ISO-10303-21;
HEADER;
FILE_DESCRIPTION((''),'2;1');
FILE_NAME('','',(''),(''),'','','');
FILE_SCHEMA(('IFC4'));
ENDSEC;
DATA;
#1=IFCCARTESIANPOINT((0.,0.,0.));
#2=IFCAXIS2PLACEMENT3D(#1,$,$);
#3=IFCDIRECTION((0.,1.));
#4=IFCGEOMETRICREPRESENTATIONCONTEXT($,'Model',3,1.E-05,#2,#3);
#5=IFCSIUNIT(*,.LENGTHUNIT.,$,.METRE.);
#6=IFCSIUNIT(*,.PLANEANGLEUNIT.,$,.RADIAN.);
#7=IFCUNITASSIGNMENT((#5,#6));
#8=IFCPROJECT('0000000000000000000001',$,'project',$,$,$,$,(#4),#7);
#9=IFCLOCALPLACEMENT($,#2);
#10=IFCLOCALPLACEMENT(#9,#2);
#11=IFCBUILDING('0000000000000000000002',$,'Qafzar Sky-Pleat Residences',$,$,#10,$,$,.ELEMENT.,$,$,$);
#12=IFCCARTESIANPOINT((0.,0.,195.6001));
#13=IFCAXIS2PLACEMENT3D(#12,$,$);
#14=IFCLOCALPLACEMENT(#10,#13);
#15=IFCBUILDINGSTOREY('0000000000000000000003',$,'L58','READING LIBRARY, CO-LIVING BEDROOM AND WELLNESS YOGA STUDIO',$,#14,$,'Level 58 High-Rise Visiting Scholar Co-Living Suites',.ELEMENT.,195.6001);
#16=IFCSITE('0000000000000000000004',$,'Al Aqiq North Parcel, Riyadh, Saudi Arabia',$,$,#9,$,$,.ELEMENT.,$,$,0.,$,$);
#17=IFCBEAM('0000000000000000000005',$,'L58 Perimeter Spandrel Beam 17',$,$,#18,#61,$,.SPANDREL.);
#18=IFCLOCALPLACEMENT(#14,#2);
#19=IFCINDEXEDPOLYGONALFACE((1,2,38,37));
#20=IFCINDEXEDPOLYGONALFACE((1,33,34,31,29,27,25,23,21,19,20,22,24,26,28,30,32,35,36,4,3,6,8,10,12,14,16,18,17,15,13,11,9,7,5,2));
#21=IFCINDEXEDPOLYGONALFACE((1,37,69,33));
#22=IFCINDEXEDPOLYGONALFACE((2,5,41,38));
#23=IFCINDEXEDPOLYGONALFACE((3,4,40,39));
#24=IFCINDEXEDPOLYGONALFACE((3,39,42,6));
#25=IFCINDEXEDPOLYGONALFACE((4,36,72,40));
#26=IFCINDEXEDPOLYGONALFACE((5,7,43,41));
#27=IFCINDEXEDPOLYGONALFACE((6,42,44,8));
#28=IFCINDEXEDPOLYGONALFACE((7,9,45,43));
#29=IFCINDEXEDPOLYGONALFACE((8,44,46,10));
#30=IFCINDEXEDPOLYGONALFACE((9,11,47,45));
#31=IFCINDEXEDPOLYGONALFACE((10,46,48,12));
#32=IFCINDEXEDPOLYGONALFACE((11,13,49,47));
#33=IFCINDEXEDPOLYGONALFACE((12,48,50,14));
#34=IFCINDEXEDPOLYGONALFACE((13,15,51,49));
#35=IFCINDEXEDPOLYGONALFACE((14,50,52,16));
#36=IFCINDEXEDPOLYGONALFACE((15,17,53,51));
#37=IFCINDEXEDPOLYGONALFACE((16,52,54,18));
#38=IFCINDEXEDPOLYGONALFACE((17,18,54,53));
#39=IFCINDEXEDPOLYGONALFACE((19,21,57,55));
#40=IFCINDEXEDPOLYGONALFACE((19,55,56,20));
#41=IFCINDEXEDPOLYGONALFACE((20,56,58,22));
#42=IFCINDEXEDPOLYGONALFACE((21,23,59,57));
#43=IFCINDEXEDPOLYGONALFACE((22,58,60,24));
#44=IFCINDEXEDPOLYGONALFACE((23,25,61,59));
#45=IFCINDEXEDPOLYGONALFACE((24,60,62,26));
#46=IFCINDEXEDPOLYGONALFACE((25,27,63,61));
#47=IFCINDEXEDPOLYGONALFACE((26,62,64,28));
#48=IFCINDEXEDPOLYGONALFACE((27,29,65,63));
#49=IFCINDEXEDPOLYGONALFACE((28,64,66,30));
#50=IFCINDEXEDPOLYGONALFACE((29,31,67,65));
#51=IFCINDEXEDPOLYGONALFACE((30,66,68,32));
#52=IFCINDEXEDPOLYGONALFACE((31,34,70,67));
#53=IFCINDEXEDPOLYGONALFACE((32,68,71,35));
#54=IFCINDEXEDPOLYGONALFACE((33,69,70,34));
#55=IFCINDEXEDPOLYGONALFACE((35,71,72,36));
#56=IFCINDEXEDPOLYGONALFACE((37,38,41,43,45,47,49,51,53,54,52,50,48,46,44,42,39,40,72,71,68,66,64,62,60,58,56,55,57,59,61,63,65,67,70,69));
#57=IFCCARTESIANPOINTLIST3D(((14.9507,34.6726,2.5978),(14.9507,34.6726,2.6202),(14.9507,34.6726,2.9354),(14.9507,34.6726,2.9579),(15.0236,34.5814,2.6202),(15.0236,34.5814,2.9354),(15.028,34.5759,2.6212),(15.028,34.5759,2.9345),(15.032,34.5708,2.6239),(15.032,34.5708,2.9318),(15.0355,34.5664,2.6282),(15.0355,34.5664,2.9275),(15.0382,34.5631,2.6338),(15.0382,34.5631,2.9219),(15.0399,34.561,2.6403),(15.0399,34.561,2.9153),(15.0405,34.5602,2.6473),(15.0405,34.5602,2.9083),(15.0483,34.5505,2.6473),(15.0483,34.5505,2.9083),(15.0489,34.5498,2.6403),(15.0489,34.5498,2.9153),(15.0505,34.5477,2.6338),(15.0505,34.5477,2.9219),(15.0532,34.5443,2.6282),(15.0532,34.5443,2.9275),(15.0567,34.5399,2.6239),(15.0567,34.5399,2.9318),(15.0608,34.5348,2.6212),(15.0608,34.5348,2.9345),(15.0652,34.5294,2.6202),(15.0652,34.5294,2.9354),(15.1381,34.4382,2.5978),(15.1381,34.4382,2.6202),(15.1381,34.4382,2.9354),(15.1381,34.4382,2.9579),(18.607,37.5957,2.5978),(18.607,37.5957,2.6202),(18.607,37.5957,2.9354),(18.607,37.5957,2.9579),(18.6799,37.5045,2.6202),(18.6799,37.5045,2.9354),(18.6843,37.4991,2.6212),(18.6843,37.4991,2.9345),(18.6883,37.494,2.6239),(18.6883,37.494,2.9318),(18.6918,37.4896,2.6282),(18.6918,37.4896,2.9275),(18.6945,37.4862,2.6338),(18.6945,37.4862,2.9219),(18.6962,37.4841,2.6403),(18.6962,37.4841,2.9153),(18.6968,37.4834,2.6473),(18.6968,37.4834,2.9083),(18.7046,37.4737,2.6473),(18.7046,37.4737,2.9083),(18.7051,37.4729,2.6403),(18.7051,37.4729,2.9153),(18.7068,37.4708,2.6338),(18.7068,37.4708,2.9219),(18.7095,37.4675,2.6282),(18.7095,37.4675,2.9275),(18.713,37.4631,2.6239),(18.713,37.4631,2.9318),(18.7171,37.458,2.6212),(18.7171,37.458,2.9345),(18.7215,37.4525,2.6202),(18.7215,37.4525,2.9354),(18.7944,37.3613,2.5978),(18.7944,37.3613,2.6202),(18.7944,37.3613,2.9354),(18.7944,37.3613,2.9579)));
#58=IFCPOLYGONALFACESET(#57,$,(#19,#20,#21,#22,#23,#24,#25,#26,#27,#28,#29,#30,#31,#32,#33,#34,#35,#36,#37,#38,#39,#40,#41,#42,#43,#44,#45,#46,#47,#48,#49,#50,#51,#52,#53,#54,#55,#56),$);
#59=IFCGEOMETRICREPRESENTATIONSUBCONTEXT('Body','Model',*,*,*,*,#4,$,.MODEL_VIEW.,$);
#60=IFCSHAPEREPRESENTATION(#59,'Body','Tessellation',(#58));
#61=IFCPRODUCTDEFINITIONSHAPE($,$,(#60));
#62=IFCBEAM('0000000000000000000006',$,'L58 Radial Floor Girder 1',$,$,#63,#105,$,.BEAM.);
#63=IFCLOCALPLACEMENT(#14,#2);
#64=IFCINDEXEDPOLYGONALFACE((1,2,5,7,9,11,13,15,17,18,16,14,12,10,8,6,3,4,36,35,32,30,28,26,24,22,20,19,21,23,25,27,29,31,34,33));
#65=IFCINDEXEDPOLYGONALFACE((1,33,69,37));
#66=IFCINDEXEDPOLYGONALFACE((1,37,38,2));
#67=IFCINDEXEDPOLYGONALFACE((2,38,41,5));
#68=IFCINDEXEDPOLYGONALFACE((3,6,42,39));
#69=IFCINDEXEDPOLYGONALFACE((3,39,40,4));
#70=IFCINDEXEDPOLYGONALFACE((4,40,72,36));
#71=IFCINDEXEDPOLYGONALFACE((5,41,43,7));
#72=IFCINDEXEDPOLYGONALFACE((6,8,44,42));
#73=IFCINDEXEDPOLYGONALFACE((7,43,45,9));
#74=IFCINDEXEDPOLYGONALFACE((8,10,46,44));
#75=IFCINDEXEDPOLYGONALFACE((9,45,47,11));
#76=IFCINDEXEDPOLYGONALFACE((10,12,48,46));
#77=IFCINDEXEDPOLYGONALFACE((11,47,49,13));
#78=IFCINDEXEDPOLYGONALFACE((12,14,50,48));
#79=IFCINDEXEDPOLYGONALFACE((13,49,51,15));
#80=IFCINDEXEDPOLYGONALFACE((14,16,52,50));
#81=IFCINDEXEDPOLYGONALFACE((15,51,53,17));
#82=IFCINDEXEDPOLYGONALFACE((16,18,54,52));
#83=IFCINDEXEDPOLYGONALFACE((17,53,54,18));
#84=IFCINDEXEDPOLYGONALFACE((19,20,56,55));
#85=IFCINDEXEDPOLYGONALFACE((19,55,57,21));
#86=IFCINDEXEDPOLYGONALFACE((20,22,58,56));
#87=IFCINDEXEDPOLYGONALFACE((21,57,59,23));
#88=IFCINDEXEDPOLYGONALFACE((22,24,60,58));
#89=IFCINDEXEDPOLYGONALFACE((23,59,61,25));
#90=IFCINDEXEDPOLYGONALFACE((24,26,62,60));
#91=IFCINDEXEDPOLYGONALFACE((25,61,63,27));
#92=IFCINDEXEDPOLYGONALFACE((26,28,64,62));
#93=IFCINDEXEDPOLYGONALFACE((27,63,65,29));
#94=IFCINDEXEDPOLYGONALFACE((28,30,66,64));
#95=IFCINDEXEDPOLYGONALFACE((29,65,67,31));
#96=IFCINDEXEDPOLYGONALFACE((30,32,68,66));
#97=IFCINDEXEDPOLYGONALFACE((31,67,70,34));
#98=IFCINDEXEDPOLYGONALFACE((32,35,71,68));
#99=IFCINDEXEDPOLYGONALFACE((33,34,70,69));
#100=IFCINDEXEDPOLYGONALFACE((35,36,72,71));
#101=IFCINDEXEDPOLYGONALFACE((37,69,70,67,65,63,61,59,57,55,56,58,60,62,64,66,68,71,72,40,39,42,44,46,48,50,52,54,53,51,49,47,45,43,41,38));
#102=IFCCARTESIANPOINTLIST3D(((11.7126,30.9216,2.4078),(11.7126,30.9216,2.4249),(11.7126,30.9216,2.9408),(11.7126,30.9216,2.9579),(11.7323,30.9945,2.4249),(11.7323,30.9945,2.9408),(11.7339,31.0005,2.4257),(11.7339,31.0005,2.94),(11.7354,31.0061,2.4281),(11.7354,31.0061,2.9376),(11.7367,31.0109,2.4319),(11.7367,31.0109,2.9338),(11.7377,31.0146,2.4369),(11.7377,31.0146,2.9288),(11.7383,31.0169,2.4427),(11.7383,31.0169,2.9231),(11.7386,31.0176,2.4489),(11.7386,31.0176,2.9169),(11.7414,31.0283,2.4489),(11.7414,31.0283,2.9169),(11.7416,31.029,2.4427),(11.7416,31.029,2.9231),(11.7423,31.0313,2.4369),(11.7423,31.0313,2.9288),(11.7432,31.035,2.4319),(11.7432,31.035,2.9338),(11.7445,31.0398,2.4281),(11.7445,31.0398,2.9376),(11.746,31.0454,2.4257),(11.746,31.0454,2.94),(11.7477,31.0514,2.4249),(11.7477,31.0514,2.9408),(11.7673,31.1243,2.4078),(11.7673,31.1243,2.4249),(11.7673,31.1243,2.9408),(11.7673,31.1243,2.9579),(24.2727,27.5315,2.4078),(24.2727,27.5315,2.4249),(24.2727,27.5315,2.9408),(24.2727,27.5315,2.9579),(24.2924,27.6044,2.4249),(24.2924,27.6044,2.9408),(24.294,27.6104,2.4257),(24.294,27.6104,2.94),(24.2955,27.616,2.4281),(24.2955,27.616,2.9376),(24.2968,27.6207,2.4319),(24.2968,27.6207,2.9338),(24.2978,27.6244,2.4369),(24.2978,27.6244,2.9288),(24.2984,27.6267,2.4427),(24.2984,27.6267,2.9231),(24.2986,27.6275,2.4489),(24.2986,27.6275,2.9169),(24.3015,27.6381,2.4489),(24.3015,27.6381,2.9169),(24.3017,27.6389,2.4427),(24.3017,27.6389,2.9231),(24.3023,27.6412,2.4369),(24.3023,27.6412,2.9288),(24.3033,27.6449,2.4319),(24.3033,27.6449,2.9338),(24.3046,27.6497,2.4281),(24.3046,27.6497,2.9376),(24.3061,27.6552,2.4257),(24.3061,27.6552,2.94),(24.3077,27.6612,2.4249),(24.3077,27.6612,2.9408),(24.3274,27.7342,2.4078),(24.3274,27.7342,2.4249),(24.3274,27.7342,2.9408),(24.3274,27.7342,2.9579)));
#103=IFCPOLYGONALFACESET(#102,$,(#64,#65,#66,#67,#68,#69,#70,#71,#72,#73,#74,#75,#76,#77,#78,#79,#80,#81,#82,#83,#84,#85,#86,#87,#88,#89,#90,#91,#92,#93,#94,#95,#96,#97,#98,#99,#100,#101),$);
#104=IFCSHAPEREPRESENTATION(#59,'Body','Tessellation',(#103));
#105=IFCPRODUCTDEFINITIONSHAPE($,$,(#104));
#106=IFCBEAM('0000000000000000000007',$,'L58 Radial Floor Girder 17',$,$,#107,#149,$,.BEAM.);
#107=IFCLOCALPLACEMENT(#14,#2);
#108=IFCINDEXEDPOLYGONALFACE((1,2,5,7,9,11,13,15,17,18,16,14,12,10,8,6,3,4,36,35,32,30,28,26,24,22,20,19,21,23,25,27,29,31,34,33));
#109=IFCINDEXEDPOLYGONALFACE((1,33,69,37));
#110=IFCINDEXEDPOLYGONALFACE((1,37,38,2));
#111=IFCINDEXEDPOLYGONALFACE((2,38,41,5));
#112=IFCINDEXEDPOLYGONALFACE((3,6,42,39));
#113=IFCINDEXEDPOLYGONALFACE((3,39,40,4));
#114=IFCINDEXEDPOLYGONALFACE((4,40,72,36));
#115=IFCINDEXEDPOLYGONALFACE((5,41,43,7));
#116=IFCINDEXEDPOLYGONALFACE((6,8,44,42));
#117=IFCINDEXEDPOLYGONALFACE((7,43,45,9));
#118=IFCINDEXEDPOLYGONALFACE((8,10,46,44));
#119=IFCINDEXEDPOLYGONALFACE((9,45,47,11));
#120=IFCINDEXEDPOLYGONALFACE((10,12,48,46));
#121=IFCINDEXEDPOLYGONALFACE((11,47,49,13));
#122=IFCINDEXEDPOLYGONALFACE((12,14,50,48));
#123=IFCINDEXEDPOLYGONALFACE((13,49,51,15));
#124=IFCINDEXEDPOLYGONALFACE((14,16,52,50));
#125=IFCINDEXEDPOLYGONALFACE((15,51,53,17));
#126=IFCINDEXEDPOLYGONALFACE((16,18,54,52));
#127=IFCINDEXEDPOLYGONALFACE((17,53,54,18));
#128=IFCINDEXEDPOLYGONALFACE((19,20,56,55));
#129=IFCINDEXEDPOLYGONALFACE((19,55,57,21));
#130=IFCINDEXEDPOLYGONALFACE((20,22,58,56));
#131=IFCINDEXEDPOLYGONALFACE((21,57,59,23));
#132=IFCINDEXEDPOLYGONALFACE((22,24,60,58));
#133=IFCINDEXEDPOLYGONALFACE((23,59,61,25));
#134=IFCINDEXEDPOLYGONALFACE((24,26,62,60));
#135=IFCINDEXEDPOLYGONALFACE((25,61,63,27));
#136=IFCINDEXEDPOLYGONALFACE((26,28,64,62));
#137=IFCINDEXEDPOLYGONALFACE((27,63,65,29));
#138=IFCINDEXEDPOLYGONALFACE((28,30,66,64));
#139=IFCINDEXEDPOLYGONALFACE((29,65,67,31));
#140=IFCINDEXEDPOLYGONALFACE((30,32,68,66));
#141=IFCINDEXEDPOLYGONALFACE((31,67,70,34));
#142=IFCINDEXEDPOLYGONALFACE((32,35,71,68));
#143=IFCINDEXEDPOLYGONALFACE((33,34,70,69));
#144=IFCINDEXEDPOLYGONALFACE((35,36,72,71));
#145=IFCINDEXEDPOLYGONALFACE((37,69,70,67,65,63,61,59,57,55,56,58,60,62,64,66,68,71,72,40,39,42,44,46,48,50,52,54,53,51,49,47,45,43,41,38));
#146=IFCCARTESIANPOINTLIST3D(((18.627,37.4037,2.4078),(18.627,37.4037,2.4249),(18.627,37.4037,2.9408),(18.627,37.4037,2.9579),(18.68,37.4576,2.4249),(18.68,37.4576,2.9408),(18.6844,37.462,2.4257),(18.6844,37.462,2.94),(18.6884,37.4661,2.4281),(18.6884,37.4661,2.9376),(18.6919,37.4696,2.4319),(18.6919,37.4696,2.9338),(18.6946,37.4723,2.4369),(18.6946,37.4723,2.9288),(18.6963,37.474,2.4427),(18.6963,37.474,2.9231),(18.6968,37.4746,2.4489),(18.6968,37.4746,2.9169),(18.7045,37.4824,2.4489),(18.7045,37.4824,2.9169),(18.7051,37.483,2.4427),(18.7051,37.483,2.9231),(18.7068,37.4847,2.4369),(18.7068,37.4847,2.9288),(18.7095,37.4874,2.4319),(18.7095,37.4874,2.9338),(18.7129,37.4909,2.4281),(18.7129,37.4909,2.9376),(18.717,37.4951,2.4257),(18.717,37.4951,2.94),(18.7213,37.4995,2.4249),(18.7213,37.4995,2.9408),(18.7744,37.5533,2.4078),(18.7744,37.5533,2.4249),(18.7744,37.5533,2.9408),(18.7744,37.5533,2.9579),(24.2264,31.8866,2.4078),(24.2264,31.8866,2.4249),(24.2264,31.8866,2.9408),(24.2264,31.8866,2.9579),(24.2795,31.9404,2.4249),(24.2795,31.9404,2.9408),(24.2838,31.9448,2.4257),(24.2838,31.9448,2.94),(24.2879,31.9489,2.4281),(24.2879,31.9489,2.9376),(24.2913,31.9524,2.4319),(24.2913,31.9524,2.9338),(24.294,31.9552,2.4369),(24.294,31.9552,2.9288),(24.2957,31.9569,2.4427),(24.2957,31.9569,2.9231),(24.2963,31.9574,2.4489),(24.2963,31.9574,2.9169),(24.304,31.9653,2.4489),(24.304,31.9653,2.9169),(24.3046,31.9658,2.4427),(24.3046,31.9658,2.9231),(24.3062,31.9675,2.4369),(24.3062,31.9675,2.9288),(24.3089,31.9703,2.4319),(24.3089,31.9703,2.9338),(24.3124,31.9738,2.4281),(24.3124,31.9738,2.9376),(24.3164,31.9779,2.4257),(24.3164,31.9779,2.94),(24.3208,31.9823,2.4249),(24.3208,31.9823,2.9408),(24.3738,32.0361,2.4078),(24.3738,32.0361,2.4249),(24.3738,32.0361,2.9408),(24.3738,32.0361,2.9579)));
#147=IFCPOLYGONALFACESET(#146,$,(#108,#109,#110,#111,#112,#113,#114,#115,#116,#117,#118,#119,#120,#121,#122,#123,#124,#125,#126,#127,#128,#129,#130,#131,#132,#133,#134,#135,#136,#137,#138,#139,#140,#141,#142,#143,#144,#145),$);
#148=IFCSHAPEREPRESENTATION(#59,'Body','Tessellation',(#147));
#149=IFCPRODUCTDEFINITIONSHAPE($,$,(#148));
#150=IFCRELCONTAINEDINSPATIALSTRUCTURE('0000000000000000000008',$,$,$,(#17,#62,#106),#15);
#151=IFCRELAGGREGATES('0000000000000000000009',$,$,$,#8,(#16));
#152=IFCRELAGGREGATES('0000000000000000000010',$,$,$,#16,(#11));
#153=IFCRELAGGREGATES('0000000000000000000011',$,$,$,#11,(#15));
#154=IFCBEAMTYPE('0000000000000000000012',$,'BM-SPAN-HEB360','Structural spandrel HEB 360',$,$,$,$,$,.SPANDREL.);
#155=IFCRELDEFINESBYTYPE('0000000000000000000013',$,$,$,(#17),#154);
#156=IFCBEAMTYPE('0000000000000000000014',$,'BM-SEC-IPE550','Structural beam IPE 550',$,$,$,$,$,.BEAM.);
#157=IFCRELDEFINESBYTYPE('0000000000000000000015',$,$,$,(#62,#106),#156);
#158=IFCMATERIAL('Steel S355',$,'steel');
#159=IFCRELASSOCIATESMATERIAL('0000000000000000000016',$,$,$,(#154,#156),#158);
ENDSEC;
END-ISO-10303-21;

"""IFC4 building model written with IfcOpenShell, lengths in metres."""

from ifc_helpers import new_model, si_unit, direction, frame, origin, origin_2d, place, context, subcontext, project, spatial, i_section, extrude, source, transform, mapped, material, material_profile, profile_set, type_object, element, save


model = new_model("IFC4")

# Units and contexts
model_context = context("Model", 3, precision=1e-05, world=origin(), true_north=direction((0.0, 1.0)))
body_context = subcontext(model_context, "Body", "Model", "MODEL_VIEW")
ifc_project = project(units=[si_unit("LENGTHUNIT", "METRE"), si_unit("PLANEANGLEUNIT", "RADIAN")], contexts=[model_context])

# Site, building, storey
site_placement = place(None, origin())
site = spatial("IfcSite", under=ifc_project, at=site_placement, Name="Al Aqiq North Parcel, Riyadh, Saudi Arabia", CompositionType="ELEMENT", RefElevation=0.0)
building_placement = place(site_placement, origin())
building = spatial("IfcBuilding", under=site, at=building_placement, Name="Qafzar Sky-Pleat Residences", CompositionType="ELEMENT")
storey_placement = place(building_placement, frame((0.0, 0.0, 195.6001)))
storey = spatial("IfcBuildingStorey", under=building, at=storey_placement, Name="L58", Description="READING LIBRARY, CO-LIVING BEDROOM AND WELLNESS YOGA STUDIO", LongName="Level 58 High-Rise Visiting Scholar Co-Living Suites", CompositionType="ELEMENT", Elevation=195.6001)

# Shared definitions
ifc_material_1 = material(Name="Steel S355", Category="steel")

# Beams
ifc_material_profile_1 = material_profile(ifc_material_1, i_section(OverallWidth=0.3, OverallDepth=0.3601, WebThickness=0.0125, FlangeThickness=0.0225, FilletRadius=0.0271, at=origin_2d()), Name="HEB 360")
ifc_profile_set_1 = profile_set([ifc_material_profile_1], Name="Steel S355")
beam_type_1 = type_object("IfcBeamType", Name="BM-SPAN-HEB360", Description="Structural spandrel HEB 360", PredefinedType="SPANDREL", material=ifc_profile_set_1)
shared_shape_1 = source(origin(), body_context, "Body", "SweptSolid", [
    extrude(i_section(OverallWidth=0.3, OverallDepth=0.3601, WebThickness=0.0125, FlangeThickness=0.0225, FilletRadius=0.0271, at=origin_2d()), origin(), (0.0, 0.0, 1.0), 4.6812),
])
beam_1_placement = place(storey_placement, frame((18.7007, 37.4785, 2.7778), z_axis=(-0.781067, -0.624447, 0.0), x_axis=(0.624447, -0.781067, 0.0)))
element("IfcBeam", 1, at=beam_1_placement, inside=storey, type_object=beam_type_1, Name="L58 Perimeter Spandrel Beam 17", PredefinedType="SPANDREL", context=body_context, shape_type="MappedRepresentation", body=[
    mapped(shared_shape_1, transform((0.0, 0.0, 0.0), x_axis=(1.0, 0.0, 0.0), y_axis=(0.0, 1.0, 0.0), z_axis=(0.0, 0.0, 1.0), scale=1.0)),
])
ifc_material_profile_2 = material_profile(ifc_material_1, i_section(OverallWidth=0.21, OverallDepth=0.55, WebThickness=0.011, FlangeThickness=0.0171, FilletRadius=0.0239, at=origin_2d()), Name="IPE 550")
ifc_profile_set_2 = profile_set([ifc_material_profile_2], Name="Steel S355")
beam_type_2 = type_object("IfcBeamType", Name="BM-SEC-IPE550", Description="Structural beam IPE 550", PredefinedType="BEAM", material=ifc_profile_set_2)
shared_shape_2 = source(origin(), body_context, "Body", "SweptSolid", [
    extrude(i_section(OverallWidth=0.21, OverallDepth=0.55, WebThickness=0.011, FlangeThickness=0.0171, FilletRadius=0.0239, at=origin_2d()), origin(), (0.0, 0.0, 1.0), 13.0095),
])
beam_2_placement = place(storey_placement, frame((11.74, 31.0229, 2.6829), z_axis=(0.96545, -0.260589, 0.0), x_axis=(0.260589, 0.96545, 0.0)))
element("IfcBeam", 2, at=beam_2_placement, inside=storey, type_object=beam_type_2, Name="L58 Radial Floor Girder 1", PredefinedType="BEAM", context=body_context, shape_type="MappedRepresentation", body=[
    mapped(shared_shape_2, transform((0.0, 0.0, 0.0), x_axis=(1.0, 0.0, 0.0), y_axis=(0.0, 1.0, 0.0), z_axis=(0.0, 0.0, 1.0), scale=1.0)),
])
shared_shape_3 = source(origin(), body_context, "Body", "SweptSolid", [
    extrude(i_section(OverallWidth=0.21, OverallDepth=0.55, WebThickness=0.011, FlangeThickness=0.0171, FilletRadius=0.0239, at=origin_2d()), origin(), (0.0, 0.0, 1.0), 7.8608),
])
beam_3_placement = place(storey_placement, frame((18.7007, 37.4785, 2.6829), z_axis=(0.712321, -0.701854, 0.0), x_axis=(0.701854, 0.712321, 0.0)))
element("IfcBeam", 3, at=beam_3_placement, inside=storey, type_object=beam_type_2, Name="L58 Radial Floor Girder 17", PredefinedType="BEAM", context=body_context, shape_type="MappedRepresentation", body=[
    mapped(shared_shape_3, transform((0.0, 0.0, 0.0), x_axis=(1.0, 0.0, 0.0), y_axis=(0.0, 1.0, 0.0), z_axis=(0.0, 0.0, 1.0), scale=1.0)),
])

save(model, "model.ifc")
